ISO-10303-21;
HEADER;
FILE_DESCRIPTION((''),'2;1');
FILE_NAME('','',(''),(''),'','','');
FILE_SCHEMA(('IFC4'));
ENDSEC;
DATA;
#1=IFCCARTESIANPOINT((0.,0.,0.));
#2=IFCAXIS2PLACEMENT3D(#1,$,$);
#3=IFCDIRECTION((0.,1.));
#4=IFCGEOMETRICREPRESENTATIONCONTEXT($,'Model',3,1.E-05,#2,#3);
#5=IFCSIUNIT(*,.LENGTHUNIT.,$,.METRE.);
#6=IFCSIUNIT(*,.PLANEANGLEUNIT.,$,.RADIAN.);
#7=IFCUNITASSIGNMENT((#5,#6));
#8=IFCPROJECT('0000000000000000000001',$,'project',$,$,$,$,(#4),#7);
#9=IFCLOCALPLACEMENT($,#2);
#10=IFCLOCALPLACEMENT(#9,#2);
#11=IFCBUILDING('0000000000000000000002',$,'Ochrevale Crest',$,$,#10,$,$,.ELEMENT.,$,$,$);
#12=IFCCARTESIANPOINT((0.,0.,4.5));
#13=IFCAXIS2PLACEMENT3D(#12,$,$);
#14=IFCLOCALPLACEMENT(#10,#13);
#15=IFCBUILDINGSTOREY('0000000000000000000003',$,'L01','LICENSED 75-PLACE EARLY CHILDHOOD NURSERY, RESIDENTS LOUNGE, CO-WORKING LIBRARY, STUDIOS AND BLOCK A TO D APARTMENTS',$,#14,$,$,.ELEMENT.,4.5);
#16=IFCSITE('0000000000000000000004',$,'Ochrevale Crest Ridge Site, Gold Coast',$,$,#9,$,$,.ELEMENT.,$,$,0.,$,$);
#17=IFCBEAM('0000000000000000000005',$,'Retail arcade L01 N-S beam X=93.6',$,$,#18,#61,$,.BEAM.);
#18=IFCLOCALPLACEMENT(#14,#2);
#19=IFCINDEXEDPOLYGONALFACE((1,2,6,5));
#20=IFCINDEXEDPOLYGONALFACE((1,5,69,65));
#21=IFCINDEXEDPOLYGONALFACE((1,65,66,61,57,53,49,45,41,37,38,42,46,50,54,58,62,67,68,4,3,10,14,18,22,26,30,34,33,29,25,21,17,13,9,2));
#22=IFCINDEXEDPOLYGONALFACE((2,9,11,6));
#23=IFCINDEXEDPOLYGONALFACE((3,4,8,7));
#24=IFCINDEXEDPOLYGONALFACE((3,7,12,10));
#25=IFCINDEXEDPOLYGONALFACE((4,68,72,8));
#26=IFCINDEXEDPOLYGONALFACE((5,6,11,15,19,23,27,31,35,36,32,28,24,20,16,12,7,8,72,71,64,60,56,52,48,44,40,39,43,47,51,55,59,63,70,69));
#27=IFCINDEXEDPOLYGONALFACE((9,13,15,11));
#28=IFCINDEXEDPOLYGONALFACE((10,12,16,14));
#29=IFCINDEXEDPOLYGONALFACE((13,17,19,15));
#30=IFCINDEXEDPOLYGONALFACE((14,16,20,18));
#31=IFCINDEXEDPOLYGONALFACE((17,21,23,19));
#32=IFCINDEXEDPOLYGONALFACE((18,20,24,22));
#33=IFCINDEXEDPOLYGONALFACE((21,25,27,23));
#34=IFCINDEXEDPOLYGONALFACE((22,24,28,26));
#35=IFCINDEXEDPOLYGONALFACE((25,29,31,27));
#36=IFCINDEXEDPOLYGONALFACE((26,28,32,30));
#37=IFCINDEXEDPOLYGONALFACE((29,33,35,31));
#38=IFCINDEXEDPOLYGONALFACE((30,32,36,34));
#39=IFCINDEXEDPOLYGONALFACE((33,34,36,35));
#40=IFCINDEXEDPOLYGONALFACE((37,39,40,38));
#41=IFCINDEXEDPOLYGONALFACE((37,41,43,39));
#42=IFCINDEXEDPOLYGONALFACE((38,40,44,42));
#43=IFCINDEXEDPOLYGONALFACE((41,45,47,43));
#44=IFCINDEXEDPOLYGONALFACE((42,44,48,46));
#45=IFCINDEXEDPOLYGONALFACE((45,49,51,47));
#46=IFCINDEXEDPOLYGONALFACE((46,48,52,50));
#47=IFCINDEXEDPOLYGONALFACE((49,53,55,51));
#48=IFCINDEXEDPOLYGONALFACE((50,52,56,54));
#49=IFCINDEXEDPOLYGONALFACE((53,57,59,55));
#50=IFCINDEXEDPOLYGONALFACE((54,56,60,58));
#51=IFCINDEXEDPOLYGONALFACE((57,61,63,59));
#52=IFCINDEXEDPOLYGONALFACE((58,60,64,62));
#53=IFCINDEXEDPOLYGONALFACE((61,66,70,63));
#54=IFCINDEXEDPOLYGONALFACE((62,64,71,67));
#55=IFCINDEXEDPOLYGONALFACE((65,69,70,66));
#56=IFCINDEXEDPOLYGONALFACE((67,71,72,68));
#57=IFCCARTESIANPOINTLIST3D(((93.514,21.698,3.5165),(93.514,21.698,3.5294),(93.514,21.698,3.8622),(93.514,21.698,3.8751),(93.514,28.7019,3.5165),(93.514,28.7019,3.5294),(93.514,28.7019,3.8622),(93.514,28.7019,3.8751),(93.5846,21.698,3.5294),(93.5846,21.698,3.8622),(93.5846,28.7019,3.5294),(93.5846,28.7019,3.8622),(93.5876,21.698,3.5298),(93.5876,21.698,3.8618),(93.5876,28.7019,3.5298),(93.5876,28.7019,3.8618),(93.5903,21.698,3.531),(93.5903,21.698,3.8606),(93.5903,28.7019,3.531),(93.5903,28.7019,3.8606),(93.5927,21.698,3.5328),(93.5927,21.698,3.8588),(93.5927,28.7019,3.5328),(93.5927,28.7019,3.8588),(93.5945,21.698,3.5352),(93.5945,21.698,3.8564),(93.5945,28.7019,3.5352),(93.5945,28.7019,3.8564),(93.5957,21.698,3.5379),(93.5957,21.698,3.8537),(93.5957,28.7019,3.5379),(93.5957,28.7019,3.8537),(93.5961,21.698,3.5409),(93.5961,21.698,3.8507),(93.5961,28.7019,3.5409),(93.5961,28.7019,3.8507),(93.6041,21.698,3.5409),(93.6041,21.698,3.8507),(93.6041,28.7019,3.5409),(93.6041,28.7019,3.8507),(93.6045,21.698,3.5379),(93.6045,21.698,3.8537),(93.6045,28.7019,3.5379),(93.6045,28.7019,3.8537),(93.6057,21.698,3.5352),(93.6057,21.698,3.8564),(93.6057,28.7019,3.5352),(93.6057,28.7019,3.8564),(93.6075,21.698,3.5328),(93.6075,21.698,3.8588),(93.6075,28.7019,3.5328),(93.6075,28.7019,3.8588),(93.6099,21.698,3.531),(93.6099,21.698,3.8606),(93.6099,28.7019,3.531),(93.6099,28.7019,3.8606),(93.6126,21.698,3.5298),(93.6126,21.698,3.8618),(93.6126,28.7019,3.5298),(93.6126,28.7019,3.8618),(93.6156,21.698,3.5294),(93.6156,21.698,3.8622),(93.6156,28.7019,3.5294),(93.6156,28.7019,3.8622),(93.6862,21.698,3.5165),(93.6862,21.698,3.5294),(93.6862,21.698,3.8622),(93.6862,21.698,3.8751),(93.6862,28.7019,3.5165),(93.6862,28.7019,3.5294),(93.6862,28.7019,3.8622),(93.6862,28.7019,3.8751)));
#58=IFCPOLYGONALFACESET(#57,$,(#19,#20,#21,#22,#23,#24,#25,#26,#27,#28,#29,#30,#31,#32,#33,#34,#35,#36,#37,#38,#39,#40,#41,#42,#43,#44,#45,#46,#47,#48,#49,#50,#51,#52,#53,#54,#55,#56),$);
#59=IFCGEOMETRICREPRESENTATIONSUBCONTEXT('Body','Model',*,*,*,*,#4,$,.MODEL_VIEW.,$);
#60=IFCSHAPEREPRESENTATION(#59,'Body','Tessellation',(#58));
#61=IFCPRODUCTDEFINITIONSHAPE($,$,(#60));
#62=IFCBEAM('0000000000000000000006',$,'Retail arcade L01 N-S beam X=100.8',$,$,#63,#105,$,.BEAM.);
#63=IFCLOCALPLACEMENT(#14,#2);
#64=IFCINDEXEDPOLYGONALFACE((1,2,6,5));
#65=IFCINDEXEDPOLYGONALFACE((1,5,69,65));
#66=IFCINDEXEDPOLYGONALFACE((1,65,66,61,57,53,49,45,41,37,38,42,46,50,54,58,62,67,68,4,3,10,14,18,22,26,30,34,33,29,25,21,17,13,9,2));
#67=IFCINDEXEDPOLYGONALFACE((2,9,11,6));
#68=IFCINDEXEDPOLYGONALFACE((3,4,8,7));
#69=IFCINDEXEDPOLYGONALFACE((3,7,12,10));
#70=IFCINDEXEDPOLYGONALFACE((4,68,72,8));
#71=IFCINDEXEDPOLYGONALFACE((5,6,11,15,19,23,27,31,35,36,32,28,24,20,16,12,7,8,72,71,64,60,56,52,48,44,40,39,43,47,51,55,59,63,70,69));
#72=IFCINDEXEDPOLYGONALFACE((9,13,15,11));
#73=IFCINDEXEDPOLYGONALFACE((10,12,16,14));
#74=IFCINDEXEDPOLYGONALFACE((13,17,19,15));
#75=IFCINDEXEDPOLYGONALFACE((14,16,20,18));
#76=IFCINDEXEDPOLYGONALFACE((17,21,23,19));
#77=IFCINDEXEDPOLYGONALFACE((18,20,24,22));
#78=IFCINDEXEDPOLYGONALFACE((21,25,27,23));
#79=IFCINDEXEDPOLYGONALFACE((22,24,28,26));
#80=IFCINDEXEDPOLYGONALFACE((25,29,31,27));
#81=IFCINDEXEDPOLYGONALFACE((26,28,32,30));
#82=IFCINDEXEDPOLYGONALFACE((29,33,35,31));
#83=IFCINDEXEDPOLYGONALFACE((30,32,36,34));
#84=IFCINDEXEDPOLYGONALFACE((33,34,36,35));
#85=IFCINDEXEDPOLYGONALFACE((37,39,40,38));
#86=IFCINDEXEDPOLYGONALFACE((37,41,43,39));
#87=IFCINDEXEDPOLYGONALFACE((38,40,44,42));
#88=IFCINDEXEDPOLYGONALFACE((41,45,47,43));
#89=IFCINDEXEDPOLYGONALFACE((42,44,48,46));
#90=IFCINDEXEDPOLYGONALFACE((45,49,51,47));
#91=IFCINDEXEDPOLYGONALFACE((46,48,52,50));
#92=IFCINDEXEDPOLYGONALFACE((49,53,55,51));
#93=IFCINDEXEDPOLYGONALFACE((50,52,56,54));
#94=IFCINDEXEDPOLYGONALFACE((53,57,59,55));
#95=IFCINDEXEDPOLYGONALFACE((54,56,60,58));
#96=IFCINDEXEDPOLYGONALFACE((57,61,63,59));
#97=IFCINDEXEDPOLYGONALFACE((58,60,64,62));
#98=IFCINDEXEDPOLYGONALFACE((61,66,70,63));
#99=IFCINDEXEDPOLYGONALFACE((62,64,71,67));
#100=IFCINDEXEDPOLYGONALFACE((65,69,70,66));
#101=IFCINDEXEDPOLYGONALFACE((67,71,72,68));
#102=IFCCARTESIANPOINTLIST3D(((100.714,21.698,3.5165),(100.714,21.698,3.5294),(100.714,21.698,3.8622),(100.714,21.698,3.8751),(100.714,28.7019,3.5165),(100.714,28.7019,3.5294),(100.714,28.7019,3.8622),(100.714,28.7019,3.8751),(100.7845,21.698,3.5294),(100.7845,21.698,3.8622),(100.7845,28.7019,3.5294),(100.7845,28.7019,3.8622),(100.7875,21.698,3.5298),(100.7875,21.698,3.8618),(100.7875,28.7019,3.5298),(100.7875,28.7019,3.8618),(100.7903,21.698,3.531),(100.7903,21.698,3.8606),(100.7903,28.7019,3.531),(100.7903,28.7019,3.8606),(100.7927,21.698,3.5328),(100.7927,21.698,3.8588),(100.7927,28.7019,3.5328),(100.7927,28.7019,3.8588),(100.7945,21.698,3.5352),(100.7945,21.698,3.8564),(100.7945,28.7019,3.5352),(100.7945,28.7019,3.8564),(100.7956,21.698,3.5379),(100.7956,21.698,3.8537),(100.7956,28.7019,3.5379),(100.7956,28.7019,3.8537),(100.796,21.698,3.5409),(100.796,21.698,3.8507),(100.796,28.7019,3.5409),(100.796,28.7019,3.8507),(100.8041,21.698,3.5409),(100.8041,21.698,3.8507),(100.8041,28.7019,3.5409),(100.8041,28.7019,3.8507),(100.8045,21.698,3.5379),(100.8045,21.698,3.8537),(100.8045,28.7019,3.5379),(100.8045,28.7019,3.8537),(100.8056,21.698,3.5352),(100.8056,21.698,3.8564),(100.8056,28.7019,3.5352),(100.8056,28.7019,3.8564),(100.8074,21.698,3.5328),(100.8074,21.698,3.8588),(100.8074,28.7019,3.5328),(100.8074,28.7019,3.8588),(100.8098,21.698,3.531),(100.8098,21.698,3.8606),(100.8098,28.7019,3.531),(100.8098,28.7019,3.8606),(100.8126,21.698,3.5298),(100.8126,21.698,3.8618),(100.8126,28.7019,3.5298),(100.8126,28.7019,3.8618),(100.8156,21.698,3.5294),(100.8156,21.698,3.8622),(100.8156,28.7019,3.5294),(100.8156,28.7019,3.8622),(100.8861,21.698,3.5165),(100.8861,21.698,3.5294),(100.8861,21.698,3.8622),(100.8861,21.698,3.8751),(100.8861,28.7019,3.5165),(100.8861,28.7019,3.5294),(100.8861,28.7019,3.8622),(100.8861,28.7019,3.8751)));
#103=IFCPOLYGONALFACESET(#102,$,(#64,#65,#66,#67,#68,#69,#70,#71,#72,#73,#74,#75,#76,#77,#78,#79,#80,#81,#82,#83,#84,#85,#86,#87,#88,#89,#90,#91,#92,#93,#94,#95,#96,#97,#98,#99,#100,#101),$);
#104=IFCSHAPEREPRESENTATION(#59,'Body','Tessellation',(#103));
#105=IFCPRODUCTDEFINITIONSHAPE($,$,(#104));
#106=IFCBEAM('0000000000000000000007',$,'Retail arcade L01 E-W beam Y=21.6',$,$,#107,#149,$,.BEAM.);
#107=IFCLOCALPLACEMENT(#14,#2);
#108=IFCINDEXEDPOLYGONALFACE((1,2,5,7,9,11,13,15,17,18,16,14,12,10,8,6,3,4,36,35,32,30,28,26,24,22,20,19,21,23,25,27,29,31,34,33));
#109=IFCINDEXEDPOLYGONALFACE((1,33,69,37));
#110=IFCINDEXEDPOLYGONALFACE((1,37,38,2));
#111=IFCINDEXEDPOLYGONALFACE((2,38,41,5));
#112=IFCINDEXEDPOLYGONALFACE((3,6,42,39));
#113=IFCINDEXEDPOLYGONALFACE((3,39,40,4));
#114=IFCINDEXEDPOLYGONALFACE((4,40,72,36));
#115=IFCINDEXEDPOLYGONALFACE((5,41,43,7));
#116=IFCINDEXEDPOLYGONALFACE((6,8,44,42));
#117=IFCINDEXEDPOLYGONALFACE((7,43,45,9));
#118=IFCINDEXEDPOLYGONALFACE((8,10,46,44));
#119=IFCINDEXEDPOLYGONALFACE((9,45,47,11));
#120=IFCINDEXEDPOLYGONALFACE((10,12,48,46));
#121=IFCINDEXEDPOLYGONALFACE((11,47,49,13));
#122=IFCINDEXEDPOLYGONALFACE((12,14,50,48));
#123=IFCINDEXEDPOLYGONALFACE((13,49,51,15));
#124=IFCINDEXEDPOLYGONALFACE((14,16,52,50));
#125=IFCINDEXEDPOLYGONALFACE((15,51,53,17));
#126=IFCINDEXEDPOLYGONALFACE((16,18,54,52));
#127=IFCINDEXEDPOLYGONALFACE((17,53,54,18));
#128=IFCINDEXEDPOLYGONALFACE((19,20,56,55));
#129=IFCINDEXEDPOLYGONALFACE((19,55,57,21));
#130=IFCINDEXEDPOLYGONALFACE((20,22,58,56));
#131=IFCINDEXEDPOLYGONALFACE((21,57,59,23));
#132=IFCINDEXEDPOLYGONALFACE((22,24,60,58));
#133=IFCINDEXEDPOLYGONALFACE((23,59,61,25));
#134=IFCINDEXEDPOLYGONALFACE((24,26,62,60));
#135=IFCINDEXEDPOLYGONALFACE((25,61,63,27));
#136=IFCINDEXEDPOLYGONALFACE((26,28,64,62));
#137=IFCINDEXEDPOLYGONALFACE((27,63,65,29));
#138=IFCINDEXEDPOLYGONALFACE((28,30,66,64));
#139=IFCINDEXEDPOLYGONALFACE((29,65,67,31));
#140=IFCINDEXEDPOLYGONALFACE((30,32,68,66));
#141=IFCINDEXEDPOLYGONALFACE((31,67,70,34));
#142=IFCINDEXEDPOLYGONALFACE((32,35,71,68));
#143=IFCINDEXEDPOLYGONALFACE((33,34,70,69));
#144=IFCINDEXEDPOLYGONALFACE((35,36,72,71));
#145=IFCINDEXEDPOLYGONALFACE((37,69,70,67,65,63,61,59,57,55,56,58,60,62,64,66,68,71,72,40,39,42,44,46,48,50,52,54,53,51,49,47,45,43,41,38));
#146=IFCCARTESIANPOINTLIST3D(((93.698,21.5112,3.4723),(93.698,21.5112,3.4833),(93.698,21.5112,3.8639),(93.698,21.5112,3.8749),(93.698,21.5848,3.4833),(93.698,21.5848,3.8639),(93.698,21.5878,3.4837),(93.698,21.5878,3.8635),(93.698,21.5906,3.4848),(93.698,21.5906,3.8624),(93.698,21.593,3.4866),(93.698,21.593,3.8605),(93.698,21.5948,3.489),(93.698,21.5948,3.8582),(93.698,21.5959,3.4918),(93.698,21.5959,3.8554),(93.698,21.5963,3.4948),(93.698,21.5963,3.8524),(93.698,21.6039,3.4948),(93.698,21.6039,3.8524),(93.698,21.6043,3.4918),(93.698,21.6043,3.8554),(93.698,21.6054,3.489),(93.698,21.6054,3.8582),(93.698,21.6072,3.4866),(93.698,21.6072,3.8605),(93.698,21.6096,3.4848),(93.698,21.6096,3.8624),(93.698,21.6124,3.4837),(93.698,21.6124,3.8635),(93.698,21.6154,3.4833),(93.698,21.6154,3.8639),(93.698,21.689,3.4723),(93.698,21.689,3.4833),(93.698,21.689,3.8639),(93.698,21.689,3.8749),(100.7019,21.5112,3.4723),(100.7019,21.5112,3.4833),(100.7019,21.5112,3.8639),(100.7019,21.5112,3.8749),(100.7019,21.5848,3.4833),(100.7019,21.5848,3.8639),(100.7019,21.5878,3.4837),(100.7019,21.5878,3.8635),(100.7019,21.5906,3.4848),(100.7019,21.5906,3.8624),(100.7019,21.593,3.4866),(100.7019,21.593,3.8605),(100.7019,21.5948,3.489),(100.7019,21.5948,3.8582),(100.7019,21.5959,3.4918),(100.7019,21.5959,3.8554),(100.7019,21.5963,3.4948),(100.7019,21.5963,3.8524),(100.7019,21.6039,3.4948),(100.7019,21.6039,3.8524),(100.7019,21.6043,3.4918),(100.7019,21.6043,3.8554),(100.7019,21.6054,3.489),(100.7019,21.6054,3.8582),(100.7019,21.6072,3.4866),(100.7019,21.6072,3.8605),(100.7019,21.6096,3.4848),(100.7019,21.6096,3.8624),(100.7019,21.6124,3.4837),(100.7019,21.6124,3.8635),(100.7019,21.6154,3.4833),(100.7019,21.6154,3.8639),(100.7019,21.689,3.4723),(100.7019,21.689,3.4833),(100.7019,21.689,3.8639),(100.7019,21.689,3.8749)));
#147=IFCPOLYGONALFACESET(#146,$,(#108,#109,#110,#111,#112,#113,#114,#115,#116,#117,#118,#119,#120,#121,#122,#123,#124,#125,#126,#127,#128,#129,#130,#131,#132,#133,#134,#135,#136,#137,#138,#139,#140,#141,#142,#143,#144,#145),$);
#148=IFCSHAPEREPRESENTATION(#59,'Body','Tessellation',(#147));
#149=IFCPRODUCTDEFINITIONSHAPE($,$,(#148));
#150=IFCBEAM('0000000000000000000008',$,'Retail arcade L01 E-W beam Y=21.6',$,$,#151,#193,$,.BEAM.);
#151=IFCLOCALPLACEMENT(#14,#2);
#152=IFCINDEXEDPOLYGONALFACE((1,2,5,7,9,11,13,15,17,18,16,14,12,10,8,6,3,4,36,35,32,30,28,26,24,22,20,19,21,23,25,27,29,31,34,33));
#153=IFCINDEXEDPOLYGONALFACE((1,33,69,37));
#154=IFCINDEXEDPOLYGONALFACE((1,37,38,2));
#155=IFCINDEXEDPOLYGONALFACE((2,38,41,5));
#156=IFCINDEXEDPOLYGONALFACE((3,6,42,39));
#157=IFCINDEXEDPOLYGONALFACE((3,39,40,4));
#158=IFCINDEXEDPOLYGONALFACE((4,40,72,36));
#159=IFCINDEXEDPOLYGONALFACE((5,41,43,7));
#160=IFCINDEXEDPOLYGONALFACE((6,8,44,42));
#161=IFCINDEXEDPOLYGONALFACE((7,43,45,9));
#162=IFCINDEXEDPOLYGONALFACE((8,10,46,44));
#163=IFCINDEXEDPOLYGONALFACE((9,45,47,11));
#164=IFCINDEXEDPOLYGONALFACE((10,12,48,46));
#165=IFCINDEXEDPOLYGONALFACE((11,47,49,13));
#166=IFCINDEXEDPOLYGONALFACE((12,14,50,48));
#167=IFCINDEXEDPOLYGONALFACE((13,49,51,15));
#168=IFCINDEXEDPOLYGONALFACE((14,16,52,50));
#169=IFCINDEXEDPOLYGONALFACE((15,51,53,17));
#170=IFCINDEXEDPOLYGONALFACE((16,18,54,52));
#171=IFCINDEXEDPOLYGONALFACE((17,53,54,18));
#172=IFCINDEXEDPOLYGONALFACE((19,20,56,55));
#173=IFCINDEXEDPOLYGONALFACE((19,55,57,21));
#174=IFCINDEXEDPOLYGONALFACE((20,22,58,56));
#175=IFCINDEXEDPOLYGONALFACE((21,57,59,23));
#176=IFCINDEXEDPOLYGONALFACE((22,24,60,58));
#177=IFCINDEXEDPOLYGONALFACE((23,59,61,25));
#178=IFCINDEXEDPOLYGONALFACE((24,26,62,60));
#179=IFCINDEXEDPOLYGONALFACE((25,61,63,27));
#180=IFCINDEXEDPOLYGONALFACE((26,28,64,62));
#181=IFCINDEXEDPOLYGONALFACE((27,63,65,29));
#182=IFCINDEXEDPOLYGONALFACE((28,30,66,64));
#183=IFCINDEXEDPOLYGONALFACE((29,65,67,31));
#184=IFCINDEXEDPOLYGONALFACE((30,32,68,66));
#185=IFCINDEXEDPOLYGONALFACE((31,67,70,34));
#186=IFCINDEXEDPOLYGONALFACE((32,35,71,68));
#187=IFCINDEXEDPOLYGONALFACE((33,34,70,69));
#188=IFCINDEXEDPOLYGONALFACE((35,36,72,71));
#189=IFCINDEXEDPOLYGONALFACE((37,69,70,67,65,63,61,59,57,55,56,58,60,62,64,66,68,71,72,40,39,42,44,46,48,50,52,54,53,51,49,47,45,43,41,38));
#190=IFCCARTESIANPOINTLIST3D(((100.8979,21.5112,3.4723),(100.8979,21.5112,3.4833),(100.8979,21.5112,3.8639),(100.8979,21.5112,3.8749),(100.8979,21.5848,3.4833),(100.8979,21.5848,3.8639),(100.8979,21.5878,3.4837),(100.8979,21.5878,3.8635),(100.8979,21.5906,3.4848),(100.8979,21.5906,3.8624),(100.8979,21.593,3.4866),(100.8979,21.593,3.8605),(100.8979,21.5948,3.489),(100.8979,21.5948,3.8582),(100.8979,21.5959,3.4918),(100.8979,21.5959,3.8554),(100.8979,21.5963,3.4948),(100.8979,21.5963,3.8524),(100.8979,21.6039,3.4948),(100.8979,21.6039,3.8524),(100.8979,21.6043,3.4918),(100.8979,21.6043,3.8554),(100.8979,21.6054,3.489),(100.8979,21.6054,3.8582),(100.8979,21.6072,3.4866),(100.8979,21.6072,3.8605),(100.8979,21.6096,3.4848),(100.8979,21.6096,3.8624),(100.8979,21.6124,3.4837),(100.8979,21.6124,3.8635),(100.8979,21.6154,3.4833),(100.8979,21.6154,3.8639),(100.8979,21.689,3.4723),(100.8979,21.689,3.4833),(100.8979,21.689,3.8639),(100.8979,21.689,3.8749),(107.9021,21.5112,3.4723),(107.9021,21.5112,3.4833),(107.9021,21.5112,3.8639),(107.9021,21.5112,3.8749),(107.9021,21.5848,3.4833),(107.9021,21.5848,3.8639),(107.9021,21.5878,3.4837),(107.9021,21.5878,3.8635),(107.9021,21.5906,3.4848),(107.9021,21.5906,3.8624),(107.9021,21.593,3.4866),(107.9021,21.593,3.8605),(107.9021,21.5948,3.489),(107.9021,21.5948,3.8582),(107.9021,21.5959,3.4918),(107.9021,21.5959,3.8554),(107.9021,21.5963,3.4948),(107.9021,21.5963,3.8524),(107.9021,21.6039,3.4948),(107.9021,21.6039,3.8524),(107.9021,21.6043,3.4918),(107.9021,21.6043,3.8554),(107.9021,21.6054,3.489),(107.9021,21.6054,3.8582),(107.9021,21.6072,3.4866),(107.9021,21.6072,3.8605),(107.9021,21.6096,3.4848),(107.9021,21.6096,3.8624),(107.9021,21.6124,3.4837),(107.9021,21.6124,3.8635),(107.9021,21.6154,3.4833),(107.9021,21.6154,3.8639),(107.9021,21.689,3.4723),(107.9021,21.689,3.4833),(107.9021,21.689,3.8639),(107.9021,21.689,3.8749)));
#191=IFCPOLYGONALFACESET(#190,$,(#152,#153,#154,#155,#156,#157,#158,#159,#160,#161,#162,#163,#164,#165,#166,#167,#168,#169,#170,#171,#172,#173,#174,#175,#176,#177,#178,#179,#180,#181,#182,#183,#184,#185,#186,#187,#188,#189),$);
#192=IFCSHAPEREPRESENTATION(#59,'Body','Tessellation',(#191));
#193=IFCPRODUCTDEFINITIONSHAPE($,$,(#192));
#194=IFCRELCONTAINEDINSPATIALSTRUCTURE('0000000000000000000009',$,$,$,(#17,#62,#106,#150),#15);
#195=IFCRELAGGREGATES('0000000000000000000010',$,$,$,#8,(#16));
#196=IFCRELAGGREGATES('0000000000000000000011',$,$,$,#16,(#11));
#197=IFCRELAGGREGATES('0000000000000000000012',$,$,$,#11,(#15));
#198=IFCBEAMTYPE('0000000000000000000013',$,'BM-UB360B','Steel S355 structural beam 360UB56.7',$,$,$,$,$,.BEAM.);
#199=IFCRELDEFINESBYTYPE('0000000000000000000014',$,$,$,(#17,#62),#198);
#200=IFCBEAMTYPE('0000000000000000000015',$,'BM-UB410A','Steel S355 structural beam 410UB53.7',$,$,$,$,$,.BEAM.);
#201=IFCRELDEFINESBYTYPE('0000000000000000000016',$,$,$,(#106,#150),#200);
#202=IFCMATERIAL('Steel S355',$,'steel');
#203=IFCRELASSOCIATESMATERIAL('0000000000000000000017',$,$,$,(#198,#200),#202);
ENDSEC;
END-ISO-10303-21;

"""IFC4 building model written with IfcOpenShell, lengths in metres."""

from ifc_helpers import new_model, si_unit, direction, frame, origin, origin_2d, place, context, subcontext, project, spatial, i_section, extrude, material, material_profile, profile_set, type_object, element, save


model = new_model("IFC4")

# Units and contexts
model_context = context("Model", 3, precision=1e-05, world=origin(), true_north=direction((0.0, 1.0)))
body_context = subcontext(model_context, "Body", "Model", "MODEL_VIEW")
ifc_project = project(units=[si_unit("LENGTHUNIT", "METRE"), si_unit("PLANEANGLEUNIT", "RADIAN")], contexts=[model_context])

# Site, building, storey
site_placement = place(None, origin())
site = spatial("IfcSite", under=ifc_project, at=site_placement, Name="Ochrevale Crest Ridge Site, Gold Coast", CompositionType="ELEMENT", RefElevation=0.0)
building_placement = place(site_placement, origin())
building = spatial("IfcBuilding", under=site, at=building_placement, Name="Ochrevale Crest", CompositionType="ELEMENT")
storey_placement = place(building_placement, frame((0.0, 0.0, 4.5)))
storey = spatial("IfcBuildingStorey", under=building, at=storey_placement, Name="L01", Description="LICENSED 75-PLACE EARLY CHILDHOOD NURSERY, RESIDENTS LOUNGE, CO-WORKING LIBRARY, STUDIOS AND BLOCK A TO D APARTMENTS", CompositionType="ELEMENT", Elevation=4.5)

# Shared definitions
ifc_material_1 = material(Name="Steel S355", Category="steel")

# Beams
ifc_material_profile_1 = material_profile(ifc_material_1, i_section(OverallWidth=0.1721, OverallDepth=0.3586, WebThickness=0.0081, FlangeThickness=0.0129, FilletRadius=0.0115, at=origin_2d()), Name="360UB56.7")
ifc_profile_set_1 = profile_set([ifc_material_profile_1], Name="Steel S355")
beam_type_1 = type_object("IfcBeamType", Name="BM-UB360B", Description="Steel S355 structural beam 360UB56.7", PredefinedType="BEAM", material=ifc_profile_set_1)
for number, where, z_axis, x_axis, name in (
    (1, (93.6001, 21.698, 3.6958), (0.0, 1.0, 0.0), (-1.0, 0.0, 0.0), "Retail arcade L01 N-S beam X=93.6"),
    (2, (100.8, 21.698, 3.6958), (0.0, 1.0, 0.0), (-1.0, 0.0, 0.0), "Retail arcade L01 N-S beam X=100.8"),
):
    element("IfcBeam", number, at=place(storey_placement, frame(where, z_axis=z_axis, x_axis=x_axis)), inside=storey, type_object=beam_type_1, Name=name, PredefinedType="BEAM", context=body_context, shape_type="SweptSolid", body=[
        extrude(i_section(OverallWidth=0.1721, OverallDepth=0.3586, WebThickness=0.0081, FlangeThickness=0.0129, FilletRadius=0.0115, at=origin_2d()), origin(), (0.0, 0.0, 1.0), 7.0039),
    ])
ifc_material_profile_2 = material_profile(ifc_material_1, i_section(OverallWidth=0.1777, OverallDepth=0.4026, WebThickness=0.0076, FlangeThickness=0.011, FilletRadius=0.0115, at=origin_2d()), Name="410UB53.7")
ifc_profile_set_2 = profile_set([ifc_material_profile_2], Name="Steel S355")
beam_type_2 = type_object("IfcBeamType", Name="BM-UB410A", Description="Steel S355 structural beam 410UB53.7", PredefinedType="BEAM", material=ifc_profile_set_2)
beam_1_placement = place(storey_placement, frame((93.698, 21.6001, 3.6736), z_axis=(1.0, 0.0, 0.0), x_axis=(0.0, 1.0, 0.0)))
element("IfcBeam", 3, at=beam_1_placement, inside=storey, type_object=beam_type_2, Name="Retail arcade L01 E-W beam Y=21.6", PredefinedType="BEAM", context=body_context, shape_type="SweptSolid", body=[
    extrude(i_section(OverallWidth=0.1777, OverallDepth=0.4026, WebThickness=0.0076, FlangeThickness=0.011, FilletRadius=0.0115, at=origin_2d()), origin(), (0.0, 0.0, 1.0), 7.0039),
])
beam_2_placement = place(storey_placement, frame((100.8979, 21.6001, 3.6736), z_axis=(1.0, 0.0, 0.0), x_axis=(0.0, 1.0, 0.0)))
element("IfcBeam", 4, at=beam_2_placement, inside=storey, type_object=beam_type_2, Name="Retail arcade L01 E-W beam Y=21.6", PredefinedType="BEAM", context=body_context, shape_type="SweptSolid", body=[
    extrude(i_section(OverallWidth=0.1777, OverallDepth=0.4026, WebThickness=0.0076, FlangeThickness=0.011, FilletRadius=0.0115, at=origin_2d()), origin(), (0.0, 0.0, 1.0), 7.0042),
])

save(model, "model.ifc")
